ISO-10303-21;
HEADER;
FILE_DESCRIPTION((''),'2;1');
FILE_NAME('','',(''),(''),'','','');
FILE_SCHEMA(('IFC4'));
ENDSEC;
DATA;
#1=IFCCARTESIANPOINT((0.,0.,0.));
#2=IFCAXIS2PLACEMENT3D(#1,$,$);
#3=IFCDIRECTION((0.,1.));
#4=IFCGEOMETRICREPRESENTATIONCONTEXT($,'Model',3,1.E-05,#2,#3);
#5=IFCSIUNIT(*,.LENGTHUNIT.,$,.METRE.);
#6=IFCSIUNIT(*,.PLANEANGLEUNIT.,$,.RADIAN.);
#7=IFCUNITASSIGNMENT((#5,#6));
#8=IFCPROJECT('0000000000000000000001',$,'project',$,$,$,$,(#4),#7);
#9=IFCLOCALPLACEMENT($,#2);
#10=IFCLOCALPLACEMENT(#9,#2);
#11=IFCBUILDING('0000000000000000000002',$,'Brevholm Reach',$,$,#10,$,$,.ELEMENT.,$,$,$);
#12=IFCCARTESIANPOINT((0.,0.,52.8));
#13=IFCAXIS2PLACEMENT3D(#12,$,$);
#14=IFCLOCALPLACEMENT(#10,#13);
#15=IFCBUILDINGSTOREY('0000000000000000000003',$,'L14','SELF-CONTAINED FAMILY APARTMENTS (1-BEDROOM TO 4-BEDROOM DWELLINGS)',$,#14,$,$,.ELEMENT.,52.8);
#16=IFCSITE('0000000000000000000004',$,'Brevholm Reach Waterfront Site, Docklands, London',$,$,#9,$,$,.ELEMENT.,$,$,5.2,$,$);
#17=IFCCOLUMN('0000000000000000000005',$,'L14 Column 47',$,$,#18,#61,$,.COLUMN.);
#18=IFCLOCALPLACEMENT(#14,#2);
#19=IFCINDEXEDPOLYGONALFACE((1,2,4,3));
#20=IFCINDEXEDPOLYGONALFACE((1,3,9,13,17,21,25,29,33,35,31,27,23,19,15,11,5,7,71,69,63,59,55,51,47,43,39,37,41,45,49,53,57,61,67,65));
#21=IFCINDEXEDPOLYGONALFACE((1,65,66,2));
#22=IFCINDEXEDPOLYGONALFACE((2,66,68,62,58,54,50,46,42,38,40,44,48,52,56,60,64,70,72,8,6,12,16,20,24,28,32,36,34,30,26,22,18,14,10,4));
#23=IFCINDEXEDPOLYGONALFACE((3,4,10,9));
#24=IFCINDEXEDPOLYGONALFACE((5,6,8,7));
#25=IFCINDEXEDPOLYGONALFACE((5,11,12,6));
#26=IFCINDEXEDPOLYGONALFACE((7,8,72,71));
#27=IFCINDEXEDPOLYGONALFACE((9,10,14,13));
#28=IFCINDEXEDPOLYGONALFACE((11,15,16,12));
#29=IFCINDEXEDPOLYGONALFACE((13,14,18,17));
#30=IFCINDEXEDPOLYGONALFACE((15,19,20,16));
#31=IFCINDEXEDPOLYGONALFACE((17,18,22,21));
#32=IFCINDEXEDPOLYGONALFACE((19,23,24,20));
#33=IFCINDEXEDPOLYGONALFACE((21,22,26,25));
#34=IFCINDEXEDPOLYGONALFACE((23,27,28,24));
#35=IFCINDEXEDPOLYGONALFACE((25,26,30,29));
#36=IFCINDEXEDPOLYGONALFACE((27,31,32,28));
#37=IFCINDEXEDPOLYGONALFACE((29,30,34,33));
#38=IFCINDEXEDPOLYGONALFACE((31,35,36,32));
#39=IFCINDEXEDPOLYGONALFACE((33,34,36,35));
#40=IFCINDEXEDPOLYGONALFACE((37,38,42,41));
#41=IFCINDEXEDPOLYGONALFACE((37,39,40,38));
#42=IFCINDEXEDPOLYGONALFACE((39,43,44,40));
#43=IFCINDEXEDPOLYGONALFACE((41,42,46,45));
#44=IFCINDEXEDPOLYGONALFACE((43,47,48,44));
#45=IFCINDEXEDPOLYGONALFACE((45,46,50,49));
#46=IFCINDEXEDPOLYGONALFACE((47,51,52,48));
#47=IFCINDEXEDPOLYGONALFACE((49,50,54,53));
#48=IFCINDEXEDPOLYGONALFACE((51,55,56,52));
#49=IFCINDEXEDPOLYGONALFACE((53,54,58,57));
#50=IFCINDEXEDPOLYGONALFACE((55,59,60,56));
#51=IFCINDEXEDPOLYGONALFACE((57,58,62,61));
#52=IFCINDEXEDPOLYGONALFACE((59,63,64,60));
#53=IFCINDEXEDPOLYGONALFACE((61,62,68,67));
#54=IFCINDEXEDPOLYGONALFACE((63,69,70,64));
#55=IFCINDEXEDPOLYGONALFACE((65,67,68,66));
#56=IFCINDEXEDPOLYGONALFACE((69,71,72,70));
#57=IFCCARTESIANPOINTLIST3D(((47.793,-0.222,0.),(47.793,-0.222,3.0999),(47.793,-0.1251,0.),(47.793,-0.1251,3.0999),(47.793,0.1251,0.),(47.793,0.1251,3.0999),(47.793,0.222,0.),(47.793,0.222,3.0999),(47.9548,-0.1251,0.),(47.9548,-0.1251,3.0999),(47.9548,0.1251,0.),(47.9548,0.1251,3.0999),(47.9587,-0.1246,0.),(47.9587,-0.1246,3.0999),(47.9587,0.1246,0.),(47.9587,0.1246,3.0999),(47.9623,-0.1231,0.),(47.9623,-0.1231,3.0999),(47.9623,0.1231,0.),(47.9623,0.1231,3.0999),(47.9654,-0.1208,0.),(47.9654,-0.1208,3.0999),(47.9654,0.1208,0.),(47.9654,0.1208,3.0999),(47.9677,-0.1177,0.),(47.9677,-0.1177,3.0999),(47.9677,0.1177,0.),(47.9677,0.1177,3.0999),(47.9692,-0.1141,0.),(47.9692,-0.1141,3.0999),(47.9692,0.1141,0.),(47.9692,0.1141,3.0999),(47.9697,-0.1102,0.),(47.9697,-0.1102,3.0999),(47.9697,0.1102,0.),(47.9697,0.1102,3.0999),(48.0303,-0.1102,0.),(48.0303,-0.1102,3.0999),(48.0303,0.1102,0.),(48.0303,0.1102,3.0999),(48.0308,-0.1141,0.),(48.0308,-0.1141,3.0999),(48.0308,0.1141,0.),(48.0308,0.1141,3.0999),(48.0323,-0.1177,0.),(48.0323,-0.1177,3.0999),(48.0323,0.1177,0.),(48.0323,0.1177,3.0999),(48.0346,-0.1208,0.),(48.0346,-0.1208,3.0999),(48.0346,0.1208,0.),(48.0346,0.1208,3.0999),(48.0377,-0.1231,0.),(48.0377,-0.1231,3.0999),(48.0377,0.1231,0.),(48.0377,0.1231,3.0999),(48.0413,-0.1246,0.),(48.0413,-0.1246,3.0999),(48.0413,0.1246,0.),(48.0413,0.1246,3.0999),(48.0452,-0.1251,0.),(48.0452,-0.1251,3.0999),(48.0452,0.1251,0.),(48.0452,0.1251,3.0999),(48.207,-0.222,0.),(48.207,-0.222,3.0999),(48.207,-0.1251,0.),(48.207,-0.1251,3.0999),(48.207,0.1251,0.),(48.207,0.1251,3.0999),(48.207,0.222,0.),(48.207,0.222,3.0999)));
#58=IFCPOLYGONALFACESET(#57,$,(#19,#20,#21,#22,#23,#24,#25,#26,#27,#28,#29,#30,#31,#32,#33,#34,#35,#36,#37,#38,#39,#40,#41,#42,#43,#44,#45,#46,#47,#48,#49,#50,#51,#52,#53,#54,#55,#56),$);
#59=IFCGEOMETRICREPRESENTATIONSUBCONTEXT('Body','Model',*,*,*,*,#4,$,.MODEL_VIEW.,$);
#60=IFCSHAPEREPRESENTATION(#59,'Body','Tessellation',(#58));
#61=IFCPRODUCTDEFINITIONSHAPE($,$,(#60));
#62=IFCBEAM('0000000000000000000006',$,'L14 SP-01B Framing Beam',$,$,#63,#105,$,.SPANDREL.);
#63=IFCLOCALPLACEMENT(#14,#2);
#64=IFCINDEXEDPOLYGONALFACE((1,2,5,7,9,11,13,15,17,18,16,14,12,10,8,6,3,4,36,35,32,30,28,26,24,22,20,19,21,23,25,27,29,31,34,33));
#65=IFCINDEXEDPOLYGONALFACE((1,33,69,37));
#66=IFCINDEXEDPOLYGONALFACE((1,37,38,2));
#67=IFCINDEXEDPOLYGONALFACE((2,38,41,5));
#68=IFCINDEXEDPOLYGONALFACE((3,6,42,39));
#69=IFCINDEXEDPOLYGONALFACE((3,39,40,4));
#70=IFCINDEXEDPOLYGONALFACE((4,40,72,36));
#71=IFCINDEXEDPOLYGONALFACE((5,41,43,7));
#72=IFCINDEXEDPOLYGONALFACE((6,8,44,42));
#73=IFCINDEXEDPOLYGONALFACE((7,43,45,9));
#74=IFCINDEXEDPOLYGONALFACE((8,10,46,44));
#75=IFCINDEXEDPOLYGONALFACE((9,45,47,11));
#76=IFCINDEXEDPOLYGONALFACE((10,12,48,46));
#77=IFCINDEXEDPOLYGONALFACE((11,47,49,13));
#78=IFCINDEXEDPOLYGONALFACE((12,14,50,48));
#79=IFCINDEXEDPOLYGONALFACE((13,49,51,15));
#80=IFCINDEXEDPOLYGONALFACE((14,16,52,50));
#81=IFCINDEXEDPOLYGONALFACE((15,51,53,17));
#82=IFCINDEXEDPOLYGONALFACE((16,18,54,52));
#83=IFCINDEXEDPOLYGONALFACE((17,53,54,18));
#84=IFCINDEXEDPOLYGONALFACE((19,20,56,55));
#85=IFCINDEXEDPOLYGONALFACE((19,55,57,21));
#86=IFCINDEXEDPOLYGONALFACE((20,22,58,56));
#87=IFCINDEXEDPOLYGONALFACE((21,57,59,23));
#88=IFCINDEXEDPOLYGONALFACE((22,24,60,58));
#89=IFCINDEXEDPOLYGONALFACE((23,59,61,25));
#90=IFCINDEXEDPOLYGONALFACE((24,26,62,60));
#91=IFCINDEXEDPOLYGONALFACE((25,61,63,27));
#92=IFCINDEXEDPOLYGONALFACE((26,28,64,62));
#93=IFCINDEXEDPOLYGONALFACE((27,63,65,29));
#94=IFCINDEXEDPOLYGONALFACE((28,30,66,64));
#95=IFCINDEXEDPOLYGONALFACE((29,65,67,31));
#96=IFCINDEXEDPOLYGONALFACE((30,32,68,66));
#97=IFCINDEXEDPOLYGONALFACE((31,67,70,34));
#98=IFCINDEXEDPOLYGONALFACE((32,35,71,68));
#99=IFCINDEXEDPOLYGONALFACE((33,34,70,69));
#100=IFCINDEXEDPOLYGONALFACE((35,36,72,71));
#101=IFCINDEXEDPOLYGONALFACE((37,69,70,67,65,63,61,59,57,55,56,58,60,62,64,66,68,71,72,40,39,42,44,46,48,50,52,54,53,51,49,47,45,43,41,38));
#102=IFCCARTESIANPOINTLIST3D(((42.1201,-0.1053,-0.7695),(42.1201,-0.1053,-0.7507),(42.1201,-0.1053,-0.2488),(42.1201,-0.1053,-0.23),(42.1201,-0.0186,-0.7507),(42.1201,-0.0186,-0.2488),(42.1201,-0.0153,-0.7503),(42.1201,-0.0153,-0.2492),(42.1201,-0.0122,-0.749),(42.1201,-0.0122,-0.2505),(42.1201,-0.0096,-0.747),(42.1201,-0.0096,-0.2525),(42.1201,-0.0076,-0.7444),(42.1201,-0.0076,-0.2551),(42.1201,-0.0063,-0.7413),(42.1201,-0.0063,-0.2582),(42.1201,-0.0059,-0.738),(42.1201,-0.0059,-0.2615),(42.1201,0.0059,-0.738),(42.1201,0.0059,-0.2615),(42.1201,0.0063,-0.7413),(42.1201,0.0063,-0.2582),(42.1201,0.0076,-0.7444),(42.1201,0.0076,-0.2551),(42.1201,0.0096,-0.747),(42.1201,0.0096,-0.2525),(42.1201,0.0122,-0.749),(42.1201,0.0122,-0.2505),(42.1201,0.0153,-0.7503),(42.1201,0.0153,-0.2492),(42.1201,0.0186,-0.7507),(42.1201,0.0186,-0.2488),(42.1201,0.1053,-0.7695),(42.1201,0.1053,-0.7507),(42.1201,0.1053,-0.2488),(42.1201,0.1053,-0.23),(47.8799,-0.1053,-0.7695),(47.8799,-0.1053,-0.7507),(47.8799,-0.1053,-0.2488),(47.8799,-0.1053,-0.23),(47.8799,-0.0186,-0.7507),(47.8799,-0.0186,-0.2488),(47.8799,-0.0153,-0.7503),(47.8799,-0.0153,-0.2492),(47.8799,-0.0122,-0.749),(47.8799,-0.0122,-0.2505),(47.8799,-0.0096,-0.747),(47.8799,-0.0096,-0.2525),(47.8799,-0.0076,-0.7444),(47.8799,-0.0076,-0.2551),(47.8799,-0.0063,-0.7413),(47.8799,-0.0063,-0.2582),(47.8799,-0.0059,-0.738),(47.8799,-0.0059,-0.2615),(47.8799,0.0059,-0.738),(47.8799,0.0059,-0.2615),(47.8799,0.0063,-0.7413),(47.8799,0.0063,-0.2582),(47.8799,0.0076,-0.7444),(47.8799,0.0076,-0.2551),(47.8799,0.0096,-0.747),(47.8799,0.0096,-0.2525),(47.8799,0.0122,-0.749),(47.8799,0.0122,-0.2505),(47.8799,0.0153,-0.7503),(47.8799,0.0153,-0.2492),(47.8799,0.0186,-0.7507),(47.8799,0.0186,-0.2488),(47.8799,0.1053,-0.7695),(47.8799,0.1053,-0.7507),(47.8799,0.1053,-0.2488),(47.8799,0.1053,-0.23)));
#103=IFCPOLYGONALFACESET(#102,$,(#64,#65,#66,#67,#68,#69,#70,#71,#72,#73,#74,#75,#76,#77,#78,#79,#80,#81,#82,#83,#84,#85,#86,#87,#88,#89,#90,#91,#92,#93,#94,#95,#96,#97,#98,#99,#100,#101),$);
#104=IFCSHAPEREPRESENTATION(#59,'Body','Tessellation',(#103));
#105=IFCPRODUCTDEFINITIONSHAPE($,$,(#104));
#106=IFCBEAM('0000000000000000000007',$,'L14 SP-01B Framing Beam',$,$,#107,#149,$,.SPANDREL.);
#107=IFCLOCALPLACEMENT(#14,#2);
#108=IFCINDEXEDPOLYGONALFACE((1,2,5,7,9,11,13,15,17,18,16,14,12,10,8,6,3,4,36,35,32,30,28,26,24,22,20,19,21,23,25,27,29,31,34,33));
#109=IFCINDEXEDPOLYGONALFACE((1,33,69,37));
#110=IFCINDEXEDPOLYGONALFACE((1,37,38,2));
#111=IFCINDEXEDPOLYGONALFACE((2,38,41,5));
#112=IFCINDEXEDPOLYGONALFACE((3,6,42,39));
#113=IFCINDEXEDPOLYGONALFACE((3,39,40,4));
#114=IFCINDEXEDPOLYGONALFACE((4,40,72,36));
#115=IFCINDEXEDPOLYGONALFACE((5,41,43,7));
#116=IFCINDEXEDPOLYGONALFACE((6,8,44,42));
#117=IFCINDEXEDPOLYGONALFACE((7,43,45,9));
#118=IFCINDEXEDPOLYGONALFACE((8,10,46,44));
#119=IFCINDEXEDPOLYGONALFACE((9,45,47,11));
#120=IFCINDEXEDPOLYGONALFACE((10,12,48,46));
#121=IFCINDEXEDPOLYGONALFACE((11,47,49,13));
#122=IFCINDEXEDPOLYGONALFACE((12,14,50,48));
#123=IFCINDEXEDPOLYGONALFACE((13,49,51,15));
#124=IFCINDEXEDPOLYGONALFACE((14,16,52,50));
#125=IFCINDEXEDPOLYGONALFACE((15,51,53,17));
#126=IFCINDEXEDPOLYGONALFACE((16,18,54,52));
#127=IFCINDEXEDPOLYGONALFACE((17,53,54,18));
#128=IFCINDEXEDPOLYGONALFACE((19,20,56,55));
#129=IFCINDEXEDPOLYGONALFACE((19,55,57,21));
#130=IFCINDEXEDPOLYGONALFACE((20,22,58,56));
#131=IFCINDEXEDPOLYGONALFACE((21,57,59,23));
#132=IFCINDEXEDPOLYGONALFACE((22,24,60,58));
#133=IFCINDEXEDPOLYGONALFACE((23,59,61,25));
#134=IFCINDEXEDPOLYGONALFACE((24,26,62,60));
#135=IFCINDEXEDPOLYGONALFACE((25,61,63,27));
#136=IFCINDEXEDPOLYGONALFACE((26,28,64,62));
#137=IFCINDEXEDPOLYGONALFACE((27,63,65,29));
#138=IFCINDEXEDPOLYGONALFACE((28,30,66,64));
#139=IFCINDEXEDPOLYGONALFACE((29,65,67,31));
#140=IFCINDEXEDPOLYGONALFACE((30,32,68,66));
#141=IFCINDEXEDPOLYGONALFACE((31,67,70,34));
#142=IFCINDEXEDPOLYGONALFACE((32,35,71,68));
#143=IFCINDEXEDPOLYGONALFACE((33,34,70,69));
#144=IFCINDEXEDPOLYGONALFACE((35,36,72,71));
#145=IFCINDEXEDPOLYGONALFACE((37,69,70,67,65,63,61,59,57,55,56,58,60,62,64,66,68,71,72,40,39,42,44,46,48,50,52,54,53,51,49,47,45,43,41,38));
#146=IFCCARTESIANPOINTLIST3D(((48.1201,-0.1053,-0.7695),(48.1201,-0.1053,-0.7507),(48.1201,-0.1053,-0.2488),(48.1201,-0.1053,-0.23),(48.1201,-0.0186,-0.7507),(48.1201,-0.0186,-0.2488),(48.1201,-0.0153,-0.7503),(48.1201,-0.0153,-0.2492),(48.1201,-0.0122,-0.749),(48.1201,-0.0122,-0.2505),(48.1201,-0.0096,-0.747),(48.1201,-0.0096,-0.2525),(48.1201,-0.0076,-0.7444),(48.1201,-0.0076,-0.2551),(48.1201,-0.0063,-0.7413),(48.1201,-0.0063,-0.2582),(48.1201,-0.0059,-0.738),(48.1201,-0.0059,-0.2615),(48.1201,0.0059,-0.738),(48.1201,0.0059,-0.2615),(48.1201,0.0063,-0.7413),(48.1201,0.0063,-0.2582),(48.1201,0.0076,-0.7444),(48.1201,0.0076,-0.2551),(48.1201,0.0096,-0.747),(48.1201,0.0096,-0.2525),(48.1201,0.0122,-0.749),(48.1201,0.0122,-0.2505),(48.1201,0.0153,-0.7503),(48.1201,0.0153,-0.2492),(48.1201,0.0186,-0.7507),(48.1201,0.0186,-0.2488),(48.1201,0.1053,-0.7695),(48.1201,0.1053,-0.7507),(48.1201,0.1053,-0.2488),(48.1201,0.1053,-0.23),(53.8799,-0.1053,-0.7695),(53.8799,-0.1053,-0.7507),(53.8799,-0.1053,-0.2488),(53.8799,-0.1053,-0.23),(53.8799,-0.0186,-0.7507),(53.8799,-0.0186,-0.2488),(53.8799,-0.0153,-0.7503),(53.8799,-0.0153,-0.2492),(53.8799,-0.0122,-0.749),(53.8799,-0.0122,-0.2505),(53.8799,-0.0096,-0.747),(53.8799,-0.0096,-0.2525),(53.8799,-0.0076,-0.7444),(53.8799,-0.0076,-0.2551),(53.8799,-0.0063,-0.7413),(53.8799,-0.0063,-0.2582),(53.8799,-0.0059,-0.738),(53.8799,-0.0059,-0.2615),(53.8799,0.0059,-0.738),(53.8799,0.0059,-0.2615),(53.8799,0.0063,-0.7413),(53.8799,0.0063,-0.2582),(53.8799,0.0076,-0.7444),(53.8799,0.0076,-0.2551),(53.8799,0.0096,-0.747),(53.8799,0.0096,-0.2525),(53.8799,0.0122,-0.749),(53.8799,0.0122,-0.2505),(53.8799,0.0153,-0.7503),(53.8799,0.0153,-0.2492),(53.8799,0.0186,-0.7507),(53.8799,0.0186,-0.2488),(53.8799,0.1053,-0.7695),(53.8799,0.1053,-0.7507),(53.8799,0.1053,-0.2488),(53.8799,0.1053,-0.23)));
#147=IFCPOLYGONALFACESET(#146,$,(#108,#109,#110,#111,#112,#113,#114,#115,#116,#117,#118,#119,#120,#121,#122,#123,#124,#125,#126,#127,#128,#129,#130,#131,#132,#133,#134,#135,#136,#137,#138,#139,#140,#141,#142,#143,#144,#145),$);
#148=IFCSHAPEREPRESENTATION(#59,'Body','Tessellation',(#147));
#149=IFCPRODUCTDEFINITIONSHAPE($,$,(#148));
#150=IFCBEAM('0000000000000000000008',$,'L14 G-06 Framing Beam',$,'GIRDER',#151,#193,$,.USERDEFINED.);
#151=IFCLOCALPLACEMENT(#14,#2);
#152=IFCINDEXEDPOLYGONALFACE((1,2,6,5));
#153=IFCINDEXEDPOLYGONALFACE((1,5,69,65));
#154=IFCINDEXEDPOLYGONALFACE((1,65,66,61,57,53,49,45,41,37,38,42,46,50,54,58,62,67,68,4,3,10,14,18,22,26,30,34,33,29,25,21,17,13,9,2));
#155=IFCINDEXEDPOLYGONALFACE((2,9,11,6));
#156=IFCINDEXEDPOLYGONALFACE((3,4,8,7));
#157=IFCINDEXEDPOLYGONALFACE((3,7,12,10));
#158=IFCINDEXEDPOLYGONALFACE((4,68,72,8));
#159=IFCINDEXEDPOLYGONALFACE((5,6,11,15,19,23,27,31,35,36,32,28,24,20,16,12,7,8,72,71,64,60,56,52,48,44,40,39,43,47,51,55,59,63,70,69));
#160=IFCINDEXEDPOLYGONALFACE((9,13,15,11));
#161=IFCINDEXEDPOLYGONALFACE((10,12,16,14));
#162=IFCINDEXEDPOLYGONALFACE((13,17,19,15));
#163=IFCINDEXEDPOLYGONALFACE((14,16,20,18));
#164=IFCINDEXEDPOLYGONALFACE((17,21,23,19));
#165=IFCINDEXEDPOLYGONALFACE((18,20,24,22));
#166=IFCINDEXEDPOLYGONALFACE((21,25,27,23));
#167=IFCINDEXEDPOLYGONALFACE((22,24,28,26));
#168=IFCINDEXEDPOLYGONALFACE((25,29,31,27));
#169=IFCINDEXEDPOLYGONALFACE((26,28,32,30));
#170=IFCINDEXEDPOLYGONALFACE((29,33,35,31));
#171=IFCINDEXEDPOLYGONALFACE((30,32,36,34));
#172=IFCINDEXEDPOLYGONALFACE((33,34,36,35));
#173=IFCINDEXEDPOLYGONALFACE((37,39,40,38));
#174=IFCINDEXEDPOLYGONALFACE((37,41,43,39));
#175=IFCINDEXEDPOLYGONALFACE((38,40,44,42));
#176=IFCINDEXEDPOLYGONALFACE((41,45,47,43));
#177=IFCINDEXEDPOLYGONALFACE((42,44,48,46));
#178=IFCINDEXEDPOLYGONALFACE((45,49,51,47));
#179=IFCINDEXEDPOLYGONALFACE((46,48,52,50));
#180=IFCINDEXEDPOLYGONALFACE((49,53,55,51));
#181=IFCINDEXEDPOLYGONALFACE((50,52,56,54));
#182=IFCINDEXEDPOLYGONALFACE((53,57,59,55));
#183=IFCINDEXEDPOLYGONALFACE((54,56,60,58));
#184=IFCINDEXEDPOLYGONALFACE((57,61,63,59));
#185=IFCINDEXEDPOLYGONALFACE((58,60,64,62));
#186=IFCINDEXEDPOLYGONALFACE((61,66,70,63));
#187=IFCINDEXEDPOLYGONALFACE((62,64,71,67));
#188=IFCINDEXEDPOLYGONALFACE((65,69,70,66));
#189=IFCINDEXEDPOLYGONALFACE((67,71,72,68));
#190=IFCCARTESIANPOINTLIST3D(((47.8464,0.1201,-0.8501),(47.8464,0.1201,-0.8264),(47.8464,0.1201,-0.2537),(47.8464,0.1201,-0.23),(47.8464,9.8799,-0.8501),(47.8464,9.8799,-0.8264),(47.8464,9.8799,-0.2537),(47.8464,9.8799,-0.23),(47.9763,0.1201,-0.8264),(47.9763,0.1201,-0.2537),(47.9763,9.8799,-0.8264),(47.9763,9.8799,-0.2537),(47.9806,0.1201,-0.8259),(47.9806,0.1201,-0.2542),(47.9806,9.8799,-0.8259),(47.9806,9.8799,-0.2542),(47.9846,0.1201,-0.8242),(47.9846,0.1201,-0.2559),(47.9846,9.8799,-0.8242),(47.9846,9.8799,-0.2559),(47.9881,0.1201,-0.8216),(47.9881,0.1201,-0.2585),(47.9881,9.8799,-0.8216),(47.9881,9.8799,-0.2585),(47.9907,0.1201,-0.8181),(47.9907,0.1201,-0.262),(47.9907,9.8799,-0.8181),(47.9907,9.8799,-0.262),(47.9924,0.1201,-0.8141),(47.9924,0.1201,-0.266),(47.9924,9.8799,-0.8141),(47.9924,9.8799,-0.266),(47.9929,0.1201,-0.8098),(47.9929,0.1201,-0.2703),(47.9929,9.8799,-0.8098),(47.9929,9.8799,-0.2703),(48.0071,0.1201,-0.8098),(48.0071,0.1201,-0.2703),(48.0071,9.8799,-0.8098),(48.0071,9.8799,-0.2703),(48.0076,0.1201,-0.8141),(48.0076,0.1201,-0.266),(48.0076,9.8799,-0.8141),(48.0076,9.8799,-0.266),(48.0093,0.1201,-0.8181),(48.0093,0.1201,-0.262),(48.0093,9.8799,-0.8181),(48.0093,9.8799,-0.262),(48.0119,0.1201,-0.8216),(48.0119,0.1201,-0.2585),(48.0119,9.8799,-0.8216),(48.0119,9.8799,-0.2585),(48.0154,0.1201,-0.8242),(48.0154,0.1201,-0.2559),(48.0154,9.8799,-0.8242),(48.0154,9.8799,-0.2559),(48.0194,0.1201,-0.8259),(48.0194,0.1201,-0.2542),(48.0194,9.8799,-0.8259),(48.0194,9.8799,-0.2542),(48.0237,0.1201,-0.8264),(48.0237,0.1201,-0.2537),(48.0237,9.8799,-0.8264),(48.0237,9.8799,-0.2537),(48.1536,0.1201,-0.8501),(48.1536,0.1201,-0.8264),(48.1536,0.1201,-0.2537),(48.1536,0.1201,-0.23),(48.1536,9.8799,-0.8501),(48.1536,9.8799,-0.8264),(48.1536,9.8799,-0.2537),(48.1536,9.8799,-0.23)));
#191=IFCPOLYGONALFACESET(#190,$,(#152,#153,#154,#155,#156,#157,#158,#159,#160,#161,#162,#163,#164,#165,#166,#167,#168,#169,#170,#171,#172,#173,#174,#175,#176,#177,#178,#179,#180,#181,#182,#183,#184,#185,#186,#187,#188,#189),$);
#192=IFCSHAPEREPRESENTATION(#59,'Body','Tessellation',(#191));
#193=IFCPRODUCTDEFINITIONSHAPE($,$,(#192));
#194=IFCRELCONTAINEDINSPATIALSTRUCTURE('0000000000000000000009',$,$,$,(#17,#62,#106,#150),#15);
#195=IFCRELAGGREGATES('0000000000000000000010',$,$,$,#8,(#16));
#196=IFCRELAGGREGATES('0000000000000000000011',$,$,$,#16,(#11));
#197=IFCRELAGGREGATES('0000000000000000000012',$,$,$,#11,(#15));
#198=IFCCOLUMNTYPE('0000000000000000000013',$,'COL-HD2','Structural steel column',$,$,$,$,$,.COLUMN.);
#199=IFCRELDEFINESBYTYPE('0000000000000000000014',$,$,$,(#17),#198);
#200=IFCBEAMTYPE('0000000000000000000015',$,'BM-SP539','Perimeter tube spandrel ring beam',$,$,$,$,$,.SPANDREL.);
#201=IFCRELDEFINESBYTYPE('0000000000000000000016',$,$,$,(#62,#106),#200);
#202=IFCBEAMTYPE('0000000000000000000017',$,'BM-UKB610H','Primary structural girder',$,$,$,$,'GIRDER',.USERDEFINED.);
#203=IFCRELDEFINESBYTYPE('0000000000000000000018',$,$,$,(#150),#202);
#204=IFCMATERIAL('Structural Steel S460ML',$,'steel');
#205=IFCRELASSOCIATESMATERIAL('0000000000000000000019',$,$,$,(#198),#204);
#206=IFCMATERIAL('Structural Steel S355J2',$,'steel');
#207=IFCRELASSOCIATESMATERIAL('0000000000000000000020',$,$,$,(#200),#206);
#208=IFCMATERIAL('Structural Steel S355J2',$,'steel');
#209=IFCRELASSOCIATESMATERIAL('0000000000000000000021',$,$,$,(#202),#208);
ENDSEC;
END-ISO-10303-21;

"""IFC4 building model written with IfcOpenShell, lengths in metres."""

from ifc_helpers import new_model, si_unit, direction, frame, origin, origin_2d, place, context, subcontext, project, spatial, i_section, extrude, material, material_profile, profile_set, type_object, element, save


model = new_model("IFC4")

# Units and contexts
model_context = context("Model", 3, precision=1e-05, world=origin(), true_north=direction((0.0, 1.0)))
body_context = subcontext(model_context, "Body", "Model", "MODEL_VIEW")
ifc_project = project(units=[si_unit("LENGTHUNIT", "METRE"), si_unit("PLANEANGLEUNIT", "RADIAN")], contexts=[model_context])

# Site, building, storey
site_placement = place(None, origin())
site = spatial("IfcSite", under=ifc_project, at=site_placement, Name="Brevholm Reach Waterfront Site, Docklands, London", CompositionType="ELEMENT", RefElevation=5.2)
building_placement = place(site_placement, origin())
building = spatial("IfcBuilding", under=site, at=building_placement, Name="Brevholm Reach", CompositionType="ELEMENT")
storey_placement = place(building_placement, frame((0.0, 0.0, 52.8)))
storey = spatial("IfcBuildingStorey", under=building, at=storey_placement, Name="L14", Description="SELF-CONTAINED FAMILY APARTMENTS (1-BEDROOM TO 4-BEDROOM DWELLINGS)", CompositionType="ELEMENT", Elevation=52.8)

# Column
ifc_material_1 = material(Name="Structural Steel S460ML", Category="steel")
ifc_material_profile_1 = material_profile(ifc_material_1, i_section(OverallWidth=0.4141, OverallDepth=0.4441, WebThickness=0.0605, FlangeThickness=0.0969, FilletRadius=0.0149, at=origin_2d()), Name="HD 400x818")
ifc_profile_set_1 = profile_set([ifc_material_profile_1], Name="Structural Steel S460ML")
column_type = type_object("IfcColumnType", Name="COL-HD2", Description="Structural steel column", PredefinedType="COLUMN", material=ifc_profile_set_1)
column_placement = place(storey_placement, frame((48.0, 0.0, 0.0), z_axis=(0.0, 0.0, 1.0), x_axis=(1.0, 0.0, 0.0)))
element("IfcColumn", 1, at=column_placement, inside=storey, type_object=column_type, Name="L14 Column 47", PredefinedType="COLUMN", context=body_context, shape_type="SweptSolid", body=[
    extrude(i_section(OverallWidth=0.4141, OverallDepth=0.4441, WebThickness=0.0605, FlangeThickness=0.0969, FilletRadius=0.0149, at=origin_2d()), origin(), (0.0, 0.0, 1.0), 3.0999),
])

# Beams
ifc_material_2 = material(Name="Structural Steel S355J2", Category="steel")
ifc_material_profile_2 = material_profile(ifc_material_2, i_section(OverallWidth=0.2107, OverallDepth=0.5396, WebThickness=0.0117, FlangeThickness=0.0188, FilletRadius=0.0127, at=origin_2d()), Name="UKB 533x210x109")
ifc_profile_set_2 = profile_set([ifc_material_profile_2], Name="Structural Steel S355J2")
beam_type_1 = type_object("IfcBeamType", Name="BM-SP539", Description="Perimeter tube spandrel ring beam", PredefinedType="SPANDREL", material=ifc_profile_set_2)
for number, where, z_axis, x_axis, name in (
    (2, (42.1201, 0.0, -0.4998), (1.0, 0.0, 0.0), (0.0, 1.0, 0.0), "L14 SP-01B Framing Beam"),
    (3, (48.1201, 0.0, -0.4998), (1.0, 0.0, 0.0), (0.0, 1.0, 0.0), "L14 SP-01B Framing Beam"),
):
    element("IfcBeam", number, at=place(storey_placement, frame(where, z_axis=z_axis, x_axis=x_axis)), inside=storey, type_object=beam_type_1, Name=name, PredefinedType="SPANDREL", context=body_context, shape_type="SweptSolid", body=[
        extrude(i_section(OverallWidth=0.2107, OverallDepth=0.5396, WebThickness=0.0117, FlangeThickness=0.0188, FilletRadius=0.0127, at=origin_2d()), origin(), (0.0, 0.0, 1.0), 5.7598),
    ])
ifc_material_3 = material(Name="Structural Steel S355J2", Category="steel")
ifc_material_profile_3 = material_profile(ifc_material_3, i_section(OverallWidth=0.3071, OverallDepth=0.6201, WebThickness=0.0142, FlangeThickness=0.0237, FilletRadius=0.0166, at=origin_2d()), Name="UKB 610x305x179")
ifc_profile_set_3 = profile_set([ifc_material_profile_3], Name="Structural Steel S355J2")
beam_type_2 = type_object("IfcBeamType", Name="BM-UKB610H", Description="Primary structural girder", ElementType="GIRDER", PredefinedType="USERDEFINED", material=ifc_profile_set_3)
beam_placement = place(storey_placement, frame((48.0, 0.1201, -0.54), z_axis=(0.0, 1.0, 0.0), x_axis=(-1.0, 0.0, 0.0)))
element("IfcBeam", 4, at=beam_placement, inside=storey, type_object=beam_type_2, Name="L14 G-06 Framing Beam", ObjectType="GIRDER", PredefinedType="USERDEFINED", context=body_context, shape_type="SweptSolid", body=[
    extrude(i_section(OverallWidth=0.3071, OverallDepth=0.6201, WebThickness=0.0142, FlangeThickness=0.0237, FilletRadius=0.0166, at=origin_2d()), origin(), (0.0, 0.0, 1.0), 9.7598),
])

save(model, "model.ifc")
